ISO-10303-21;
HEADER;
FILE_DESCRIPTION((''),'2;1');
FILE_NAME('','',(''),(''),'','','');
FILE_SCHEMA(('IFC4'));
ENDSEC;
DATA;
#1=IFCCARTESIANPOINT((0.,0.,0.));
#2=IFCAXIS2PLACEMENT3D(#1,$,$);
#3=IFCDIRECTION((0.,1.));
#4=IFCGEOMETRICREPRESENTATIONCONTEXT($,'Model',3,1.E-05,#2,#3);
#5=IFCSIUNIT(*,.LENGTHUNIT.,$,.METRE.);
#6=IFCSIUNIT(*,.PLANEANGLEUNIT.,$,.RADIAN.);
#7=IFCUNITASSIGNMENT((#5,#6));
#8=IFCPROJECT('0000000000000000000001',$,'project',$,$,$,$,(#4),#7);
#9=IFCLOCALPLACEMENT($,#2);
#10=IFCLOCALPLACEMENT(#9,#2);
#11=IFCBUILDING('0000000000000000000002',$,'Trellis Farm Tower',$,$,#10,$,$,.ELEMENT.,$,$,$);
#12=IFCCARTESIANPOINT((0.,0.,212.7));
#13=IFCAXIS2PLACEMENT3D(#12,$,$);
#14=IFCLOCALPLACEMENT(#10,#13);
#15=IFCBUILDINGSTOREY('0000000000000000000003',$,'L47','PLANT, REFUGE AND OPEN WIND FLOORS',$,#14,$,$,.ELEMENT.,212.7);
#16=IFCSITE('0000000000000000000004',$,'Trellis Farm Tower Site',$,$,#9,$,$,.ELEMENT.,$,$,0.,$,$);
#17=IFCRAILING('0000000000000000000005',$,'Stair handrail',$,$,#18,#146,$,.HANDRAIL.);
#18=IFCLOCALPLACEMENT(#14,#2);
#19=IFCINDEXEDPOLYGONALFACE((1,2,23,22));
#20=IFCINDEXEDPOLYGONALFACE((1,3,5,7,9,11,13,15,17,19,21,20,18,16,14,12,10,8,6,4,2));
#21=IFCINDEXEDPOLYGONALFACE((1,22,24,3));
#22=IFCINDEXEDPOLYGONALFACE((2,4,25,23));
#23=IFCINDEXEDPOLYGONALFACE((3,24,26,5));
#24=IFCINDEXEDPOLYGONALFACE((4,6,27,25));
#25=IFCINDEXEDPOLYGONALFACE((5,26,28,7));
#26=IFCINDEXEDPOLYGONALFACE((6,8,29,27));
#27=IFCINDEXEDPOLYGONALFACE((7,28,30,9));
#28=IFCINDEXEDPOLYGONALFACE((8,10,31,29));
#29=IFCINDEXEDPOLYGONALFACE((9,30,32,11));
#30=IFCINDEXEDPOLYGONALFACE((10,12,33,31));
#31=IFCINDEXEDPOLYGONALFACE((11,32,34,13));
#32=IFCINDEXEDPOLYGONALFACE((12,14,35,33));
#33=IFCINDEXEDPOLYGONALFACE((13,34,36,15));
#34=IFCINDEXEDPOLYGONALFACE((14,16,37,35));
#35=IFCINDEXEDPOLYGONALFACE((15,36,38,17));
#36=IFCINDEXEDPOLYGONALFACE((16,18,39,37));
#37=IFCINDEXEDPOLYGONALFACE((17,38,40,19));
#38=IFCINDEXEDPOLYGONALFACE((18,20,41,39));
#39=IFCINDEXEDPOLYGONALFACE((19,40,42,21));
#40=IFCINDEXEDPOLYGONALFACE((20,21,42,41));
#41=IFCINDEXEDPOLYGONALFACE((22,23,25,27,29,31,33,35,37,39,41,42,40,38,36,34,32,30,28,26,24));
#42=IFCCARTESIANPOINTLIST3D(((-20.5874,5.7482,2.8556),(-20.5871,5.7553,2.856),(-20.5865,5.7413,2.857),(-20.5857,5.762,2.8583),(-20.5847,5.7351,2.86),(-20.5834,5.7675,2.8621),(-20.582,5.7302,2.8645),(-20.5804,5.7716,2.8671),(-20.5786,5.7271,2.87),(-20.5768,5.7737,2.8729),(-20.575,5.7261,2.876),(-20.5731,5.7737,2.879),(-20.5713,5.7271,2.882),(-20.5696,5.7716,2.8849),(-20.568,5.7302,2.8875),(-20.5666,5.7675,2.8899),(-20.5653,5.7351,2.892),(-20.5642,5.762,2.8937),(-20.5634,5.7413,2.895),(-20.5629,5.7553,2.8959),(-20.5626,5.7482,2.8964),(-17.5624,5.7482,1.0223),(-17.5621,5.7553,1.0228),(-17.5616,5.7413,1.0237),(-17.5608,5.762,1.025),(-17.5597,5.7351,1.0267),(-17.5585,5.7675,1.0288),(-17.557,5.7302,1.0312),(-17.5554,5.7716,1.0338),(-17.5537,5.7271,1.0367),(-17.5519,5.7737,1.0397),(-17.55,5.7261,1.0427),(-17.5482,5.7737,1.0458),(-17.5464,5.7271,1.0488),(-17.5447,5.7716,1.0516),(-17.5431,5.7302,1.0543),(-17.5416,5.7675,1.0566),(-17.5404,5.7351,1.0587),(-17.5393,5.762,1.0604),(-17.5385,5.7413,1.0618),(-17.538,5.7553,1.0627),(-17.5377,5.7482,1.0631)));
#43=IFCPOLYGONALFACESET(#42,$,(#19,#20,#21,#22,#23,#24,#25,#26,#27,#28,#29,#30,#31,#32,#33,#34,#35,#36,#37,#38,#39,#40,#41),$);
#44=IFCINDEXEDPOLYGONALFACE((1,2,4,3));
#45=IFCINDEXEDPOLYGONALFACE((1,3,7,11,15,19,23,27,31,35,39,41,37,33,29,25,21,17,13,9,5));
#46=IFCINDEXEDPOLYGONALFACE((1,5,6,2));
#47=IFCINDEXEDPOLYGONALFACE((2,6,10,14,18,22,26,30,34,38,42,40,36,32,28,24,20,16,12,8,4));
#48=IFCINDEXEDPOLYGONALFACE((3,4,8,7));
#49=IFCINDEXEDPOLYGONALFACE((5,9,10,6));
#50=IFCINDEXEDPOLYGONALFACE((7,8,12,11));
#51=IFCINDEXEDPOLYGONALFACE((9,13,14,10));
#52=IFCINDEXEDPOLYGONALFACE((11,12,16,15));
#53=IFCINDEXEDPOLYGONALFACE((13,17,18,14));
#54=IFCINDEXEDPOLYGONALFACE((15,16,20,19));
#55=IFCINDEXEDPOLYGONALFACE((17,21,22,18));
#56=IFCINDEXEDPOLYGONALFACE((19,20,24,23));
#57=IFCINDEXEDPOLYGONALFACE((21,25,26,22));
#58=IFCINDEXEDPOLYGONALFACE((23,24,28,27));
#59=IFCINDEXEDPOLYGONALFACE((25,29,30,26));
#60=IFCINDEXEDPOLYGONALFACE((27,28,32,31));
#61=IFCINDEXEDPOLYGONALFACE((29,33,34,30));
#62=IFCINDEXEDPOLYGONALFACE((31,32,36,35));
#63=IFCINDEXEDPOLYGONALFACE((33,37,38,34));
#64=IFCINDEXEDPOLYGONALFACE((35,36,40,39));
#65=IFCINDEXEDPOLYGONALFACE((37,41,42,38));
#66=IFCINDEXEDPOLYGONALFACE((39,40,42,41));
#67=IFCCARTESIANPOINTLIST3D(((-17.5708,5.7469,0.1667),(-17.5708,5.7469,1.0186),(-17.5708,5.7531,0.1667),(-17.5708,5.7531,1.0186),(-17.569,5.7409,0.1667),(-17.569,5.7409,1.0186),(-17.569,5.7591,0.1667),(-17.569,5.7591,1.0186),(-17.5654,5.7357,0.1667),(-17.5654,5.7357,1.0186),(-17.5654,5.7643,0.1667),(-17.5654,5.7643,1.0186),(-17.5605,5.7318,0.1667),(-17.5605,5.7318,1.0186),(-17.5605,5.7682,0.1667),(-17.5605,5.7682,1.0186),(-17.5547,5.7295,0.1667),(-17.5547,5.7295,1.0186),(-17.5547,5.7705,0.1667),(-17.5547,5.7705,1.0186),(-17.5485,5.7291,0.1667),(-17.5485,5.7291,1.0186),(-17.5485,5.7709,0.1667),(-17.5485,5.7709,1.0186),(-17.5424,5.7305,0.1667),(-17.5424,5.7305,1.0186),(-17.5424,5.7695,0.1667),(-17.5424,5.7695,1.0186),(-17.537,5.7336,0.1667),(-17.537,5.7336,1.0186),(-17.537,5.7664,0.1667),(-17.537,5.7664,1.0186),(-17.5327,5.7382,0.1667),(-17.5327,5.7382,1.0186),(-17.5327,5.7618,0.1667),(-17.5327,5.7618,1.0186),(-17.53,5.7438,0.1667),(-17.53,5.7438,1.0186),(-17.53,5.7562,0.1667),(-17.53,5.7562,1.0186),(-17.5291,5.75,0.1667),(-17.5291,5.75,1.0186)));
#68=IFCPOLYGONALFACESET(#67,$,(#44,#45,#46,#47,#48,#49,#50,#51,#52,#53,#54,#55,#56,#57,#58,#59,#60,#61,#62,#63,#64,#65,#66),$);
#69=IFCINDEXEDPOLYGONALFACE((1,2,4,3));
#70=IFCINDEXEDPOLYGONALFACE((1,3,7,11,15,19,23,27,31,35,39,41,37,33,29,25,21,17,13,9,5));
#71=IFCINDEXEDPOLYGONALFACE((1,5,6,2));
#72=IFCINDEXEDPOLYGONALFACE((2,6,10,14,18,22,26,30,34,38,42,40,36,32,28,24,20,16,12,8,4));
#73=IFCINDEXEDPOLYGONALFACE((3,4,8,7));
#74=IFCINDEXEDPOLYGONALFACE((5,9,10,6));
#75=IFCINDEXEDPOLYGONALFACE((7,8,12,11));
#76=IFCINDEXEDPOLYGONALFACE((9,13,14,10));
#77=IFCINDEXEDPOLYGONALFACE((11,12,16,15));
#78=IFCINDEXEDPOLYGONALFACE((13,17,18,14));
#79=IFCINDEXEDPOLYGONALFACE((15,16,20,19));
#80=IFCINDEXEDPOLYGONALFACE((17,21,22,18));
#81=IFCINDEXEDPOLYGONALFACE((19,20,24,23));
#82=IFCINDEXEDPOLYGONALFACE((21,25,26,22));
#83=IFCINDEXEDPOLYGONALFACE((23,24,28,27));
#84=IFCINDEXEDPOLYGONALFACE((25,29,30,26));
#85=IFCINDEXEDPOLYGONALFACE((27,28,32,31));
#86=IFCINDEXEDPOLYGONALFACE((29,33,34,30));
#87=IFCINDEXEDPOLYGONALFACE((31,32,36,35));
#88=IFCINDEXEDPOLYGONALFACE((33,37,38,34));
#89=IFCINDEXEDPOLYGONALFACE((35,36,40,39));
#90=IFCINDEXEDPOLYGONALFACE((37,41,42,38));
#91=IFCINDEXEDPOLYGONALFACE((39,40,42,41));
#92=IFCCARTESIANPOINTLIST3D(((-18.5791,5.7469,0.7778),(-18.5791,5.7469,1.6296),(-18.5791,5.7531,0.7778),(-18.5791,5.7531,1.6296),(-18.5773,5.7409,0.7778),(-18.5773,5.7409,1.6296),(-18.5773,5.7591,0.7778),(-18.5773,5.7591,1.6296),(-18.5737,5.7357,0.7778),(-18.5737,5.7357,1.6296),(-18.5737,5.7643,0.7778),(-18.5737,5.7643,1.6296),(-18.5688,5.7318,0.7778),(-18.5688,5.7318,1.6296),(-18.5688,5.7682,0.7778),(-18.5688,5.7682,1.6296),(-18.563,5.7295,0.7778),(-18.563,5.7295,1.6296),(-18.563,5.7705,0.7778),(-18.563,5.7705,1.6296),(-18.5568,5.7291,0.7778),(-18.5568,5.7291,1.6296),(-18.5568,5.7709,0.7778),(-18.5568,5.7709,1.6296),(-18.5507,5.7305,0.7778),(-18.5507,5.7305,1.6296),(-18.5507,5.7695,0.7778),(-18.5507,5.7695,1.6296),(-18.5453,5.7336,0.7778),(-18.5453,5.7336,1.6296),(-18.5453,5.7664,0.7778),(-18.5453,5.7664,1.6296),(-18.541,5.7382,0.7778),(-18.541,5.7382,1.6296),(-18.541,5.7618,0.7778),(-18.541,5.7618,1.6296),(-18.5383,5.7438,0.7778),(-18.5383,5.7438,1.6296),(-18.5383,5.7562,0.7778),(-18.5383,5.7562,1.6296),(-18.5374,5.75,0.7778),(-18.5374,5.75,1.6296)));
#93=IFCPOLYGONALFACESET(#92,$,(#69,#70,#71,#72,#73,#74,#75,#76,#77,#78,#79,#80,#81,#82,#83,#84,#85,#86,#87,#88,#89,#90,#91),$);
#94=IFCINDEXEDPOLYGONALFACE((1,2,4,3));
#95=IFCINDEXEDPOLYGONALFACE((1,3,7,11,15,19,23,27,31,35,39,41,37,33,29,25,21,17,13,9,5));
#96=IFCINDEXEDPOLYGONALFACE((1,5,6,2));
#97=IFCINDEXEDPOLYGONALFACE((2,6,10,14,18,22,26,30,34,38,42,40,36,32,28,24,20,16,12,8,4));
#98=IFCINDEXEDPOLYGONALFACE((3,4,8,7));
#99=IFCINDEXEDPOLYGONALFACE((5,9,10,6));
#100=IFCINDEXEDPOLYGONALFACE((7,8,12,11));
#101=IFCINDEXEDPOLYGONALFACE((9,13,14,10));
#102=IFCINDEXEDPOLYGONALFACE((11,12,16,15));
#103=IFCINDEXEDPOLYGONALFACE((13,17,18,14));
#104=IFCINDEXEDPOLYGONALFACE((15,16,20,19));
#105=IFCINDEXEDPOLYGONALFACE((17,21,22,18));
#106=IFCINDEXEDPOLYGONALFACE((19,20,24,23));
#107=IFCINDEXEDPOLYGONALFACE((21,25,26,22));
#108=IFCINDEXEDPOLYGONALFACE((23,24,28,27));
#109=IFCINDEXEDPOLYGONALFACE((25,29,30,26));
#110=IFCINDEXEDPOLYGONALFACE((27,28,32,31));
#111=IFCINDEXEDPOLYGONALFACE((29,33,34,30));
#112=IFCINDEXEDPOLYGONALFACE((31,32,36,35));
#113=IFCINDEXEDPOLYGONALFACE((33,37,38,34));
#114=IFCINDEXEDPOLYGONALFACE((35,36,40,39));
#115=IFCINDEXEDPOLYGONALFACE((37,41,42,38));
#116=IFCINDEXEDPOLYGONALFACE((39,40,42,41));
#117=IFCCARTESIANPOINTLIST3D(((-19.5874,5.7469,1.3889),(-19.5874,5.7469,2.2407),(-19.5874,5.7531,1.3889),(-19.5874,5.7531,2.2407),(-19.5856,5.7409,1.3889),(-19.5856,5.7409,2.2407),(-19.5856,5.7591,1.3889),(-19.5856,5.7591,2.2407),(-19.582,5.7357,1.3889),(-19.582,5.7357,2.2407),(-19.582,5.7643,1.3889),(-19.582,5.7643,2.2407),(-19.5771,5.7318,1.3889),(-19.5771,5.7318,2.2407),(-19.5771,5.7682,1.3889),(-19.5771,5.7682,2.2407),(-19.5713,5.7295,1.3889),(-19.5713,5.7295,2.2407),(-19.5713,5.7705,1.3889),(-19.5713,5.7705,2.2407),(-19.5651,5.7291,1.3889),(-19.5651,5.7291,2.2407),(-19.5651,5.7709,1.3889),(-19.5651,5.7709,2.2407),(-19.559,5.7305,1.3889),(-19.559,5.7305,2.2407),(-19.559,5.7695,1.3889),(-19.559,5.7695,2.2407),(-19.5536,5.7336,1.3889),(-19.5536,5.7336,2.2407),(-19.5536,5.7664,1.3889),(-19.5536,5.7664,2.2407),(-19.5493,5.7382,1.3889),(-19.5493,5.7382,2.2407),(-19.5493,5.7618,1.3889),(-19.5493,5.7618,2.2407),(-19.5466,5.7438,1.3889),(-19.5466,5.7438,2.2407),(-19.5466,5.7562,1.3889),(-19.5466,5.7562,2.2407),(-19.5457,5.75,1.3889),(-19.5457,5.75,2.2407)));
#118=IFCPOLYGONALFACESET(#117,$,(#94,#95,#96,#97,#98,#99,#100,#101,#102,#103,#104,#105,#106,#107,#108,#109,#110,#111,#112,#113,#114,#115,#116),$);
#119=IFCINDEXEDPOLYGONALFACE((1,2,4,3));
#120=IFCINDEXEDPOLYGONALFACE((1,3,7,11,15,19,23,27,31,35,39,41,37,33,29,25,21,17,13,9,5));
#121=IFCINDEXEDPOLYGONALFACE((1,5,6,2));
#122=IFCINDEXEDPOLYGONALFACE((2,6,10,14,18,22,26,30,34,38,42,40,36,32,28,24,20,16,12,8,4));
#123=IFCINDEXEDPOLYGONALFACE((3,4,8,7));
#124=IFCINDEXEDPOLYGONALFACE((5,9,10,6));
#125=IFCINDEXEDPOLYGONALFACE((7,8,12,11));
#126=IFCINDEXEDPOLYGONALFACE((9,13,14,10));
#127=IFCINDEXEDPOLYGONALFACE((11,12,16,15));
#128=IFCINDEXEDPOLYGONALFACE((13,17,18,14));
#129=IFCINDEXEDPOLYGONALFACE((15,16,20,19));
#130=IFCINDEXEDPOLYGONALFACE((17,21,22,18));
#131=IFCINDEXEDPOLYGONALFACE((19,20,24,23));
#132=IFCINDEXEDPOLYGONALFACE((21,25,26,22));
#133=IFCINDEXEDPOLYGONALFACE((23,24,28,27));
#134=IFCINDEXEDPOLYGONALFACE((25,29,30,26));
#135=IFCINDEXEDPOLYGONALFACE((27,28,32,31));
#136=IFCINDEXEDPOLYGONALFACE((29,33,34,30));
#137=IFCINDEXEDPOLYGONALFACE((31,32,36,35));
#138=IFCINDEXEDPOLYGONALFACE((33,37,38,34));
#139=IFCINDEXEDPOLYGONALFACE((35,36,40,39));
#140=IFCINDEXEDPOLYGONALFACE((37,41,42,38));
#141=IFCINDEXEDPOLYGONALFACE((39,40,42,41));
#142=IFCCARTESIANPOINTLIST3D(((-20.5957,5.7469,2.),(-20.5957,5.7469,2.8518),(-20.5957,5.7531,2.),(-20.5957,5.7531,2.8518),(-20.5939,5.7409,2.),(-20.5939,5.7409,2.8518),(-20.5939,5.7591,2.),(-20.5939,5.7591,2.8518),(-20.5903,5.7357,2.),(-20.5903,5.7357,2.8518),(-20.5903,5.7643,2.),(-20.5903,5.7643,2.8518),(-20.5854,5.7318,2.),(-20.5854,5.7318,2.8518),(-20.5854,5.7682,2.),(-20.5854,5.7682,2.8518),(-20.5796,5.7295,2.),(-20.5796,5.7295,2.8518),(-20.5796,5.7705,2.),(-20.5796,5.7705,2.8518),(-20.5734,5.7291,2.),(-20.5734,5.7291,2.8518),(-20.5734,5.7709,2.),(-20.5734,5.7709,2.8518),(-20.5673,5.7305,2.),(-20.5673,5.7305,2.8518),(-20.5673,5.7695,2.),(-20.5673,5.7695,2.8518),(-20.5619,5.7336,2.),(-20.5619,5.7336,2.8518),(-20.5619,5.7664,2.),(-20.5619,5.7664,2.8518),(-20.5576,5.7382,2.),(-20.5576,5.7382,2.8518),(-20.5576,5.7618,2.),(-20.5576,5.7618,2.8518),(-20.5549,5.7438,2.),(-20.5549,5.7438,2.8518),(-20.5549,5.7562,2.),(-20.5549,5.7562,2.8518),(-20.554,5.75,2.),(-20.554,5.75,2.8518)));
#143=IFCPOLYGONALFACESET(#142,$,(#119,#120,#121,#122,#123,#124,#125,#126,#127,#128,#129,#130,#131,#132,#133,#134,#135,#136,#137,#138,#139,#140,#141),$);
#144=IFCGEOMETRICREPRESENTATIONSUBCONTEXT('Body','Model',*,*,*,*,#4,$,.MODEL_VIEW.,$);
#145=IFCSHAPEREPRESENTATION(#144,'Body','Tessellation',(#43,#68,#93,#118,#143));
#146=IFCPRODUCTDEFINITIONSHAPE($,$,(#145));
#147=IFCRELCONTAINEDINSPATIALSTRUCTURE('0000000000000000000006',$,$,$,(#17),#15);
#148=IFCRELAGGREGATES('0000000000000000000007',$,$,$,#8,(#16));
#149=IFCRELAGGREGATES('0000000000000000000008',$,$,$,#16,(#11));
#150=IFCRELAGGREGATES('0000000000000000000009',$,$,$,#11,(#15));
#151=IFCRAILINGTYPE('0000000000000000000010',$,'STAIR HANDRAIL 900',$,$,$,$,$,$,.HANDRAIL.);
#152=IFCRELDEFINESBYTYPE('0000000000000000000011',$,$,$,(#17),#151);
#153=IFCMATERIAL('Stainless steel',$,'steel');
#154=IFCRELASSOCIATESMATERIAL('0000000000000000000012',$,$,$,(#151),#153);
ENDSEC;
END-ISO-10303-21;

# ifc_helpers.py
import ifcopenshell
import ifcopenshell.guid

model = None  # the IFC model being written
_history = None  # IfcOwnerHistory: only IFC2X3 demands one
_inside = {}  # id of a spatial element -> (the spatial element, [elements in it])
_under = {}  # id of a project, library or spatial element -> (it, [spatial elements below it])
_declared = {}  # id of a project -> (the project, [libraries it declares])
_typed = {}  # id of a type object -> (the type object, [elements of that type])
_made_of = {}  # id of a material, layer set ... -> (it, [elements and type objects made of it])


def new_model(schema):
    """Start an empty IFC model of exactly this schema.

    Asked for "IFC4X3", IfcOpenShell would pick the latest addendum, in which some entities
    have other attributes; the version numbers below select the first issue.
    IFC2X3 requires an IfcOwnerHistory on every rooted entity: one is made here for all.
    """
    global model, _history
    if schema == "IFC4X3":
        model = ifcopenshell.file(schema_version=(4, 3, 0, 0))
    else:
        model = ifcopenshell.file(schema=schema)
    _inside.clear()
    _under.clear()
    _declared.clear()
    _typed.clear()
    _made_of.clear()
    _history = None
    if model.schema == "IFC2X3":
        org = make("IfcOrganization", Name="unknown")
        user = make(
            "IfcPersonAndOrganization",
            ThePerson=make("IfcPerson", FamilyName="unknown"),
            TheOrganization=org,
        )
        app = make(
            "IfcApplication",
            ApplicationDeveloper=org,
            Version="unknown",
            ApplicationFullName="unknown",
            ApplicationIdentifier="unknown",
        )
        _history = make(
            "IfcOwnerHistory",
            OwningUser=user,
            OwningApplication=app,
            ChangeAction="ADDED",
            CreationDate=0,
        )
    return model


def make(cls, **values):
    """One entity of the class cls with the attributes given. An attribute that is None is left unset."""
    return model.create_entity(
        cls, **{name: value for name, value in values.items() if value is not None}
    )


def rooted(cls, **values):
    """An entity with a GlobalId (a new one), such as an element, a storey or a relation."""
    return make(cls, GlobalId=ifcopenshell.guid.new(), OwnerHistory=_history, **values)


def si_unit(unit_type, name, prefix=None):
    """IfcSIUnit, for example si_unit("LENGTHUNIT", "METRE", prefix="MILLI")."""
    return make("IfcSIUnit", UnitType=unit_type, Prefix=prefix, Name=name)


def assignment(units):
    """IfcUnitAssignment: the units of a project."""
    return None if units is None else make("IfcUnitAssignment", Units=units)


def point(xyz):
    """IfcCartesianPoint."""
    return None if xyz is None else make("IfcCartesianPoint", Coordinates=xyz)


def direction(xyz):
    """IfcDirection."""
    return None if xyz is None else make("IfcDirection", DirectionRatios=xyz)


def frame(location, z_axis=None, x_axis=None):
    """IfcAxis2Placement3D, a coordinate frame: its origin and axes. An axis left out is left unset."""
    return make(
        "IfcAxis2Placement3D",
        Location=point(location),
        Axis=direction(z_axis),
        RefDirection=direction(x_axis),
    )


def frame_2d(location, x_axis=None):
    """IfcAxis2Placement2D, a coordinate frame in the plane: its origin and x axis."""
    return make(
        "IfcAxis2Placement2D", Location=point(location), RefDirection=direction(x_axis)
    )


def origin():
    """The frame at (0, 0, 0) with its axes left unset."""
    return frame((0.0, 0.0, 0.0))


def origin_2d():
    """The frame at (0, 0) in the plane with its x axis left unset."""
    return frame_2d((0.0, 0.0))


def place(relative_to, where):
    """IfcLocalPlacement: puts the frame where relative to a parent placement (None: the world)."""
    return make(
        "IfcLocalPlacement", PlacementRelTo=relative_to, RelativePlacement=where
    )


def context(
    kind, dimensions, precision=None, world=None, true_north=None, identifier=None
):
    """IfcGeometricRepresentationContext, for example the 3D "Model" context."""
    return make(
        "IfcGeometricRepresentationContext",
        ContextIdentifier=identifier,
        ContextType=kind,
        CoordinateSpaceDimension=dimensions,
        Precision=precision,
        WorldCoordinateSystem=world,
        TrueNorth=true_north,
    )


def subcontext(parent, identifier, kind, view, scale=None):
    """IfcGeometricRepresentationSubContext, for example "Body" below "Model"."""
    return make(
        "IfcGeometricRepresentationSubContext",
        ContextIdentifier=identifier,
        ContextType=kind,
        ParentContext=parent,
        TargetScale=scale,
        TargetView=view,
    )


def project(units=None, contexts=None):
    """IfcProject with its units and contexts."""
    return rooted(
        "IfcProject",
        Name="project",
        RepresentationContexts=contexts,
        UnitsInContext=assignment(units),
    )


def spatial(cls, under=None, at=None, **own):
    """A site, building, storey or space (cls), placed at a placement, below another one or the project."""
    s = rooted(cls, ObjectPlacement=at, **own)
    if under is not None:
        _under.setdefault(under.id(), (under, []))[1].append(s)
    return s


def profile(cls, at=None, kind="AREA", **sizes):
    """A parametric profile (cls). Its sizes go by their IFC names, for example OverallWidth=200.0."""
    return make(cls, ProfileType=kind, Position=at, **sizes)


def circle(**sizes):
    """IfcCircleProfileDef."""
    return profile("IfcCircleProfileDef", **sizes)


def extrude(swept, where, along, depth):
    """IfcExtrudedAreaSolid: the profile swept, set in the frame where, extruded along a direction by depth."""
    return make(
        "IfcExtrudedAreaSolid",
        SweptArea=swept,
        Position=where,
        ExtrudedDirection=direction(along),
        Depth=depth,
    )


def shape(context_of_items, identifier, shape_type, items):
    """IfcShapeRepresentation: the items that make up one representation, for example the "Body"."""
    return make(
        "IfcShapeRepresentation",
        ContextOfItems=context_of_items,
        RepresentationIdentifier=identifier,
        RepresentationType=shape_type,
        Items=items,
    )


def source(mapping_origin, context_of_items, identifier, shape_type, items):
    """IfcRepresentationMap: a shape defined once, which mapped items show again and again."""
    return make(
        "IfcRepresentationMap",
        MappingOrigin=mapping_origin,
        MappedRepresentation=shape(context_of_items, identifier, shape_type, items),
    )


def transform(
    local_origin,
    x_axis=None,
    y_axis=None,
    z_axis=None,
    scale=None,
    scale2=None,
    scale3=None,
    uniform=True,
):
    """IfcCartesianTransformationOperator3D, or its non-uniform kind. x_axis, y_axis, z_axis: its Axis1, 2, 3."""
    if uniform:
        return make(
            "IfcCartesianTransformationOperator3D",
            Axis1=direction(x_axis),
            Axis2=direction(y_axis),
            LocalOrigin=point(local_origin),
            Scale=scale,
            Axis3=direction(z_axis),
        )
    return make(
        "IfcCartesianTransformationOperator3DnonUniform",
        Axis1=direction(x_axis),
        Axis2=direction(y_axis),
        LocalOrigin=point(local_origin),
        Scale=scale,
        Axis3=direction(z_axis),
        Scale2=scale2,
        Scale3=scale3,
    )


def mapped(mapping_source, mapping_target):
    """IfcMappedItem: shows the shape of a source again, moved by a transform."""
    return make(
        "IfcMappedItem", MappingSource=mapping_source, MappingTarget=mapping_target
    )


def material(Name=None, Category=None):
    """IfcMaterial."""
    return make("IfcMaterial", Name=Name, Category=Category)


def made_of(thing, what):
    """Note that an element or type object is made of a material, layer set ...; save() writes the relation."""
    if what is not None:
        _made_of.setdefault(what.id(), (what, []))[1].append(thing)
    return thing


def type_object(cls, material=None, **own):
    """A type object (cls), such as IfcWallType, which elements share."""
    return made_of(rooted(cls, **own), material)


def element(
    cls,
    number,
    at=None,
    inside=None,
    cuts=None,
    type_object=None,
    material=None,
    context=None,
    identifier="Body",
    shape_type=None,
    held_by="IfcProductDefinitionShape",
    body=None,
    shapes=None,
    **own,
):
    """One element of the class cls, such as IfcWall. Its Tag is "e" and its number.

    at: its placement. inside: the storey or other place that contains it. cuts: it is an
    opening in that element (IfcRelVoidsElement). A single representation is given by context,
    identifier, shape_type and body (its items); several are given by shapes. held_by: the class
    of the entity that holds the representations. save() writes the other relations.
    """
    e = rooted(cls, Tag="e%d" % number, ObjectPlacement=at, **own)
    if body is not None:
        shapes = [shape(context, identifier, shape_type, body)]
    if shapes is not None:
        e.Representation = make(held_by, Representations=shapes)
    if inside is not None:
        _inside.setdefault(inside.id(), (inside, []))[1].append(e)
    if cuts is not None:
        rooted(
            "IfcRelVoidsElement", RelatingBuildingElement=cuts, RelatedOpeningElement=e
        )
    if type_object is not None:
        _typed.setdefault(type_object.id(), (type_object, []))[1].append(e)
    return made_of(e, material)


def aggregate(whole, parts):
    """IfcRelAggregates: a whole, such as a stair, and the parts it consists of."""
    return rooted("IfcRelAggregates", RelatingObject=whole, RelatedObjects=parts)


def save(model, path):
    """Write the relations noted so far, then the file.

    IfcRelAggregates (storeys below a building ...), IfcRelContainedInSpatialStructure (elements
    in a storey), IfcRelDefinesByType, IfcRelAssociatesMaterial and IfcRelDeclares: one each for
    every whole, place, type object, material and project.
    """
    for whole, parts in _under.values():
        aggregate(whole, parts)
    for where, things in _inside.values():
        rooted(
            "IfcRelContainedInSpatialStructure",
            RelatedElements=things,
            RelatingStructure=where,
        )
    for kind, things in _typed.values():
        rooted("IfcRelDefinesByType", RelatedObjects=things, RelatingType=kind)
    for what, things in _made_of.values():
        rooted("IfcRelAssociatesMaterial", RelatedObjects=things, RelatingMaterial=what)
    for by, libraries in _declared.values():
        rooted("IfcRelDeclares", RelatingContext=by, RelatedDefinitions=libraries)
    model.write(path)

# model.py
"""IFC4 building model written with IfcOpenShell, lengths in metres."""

from ifc_helpers import new_model, si_unit, direction, frame, origin, origin_2d, place, context, subcontext, project, spatial, circle, extrude, source, transform, mapped, material, type_object, element, save


model = new_model("IFC4")

# Units and contexts
model_context = context("Model", 3, precision=1e-05, world=origin(), true_north=direction((0.0, 1.0)))
body_context = subcontext(model_context, "Body", "Model", "MODEL_VIEW")
ifc_project = project(units=[si_unit("LENGTHUNIT", "METRE"), si_unit("PLANEANGLEUNIT", "RADIAN")], contexts=[model_context])

# Site, building, storey
site_placement = place(None, origin())
site = spatial("IfcSite", under=ifc_project, at=site_placement, Name="Trellis Farm Tower Site", CompositionType="ELEMENT", RefElevation=0.0)
building_placement = place(site_placement, origin())
building = spatial("IfcBuilding", under=site, at=building_placement, Name="Trellis Farm Tower", CompositionType="ELEMENT")
storey_placement = place(building_placement, frame((0.0, 0.0, 212.7)))
storey = spatial("IfcBuildingStorey", under=building, at=storey_placement, Name="L47", Description="PLANT, REFUGE AND OPEN WIND FLOORS", CompositionType="ELEMENT", Elevation=212.7)

# Railing
ifc_material_1 = material(Name="Stainless steel", Category="steel")
railing_type_1 = type_object("IfcRailingType", Name="STAIR HANDRAIL 900", PredefinedType="HANDRAIL", material=ifc_material_1)
shared_shape_1 = source(origin(), body_context, "Body", "SweptSolid", [
    extrude(circle(Radius=0.0239, at=origin_2d()), frame((0.0, 0.0, 0.876), z_axis=(-0.855201, 0.0, 0.518297), x_axis=(0.0, -1.0, 0.0)), (0.0, 0.0, 1.0), 3.5371),
    extrude(circle(Radius=0.021, at=origin_2d()), origin(), (0.0, 0.0, 1.0), 0.8518),
    extrude(circle(Radius=0.021, at=origin_2d()), frame((-1.0083, 0.0, 0.6111)), (0.0, 0.0, 1.0), 0.8518),
    extrude(circle(Radius=0.021, at=origin_2d()), frame((-2.0166, 0.0, 1.2222)), (0.0, 0.0, 1.0), 0.8518),
    extrude(circle(Radius=0.021, at=origin_2d()), frame((-3.0249, 0.0, 1.8333)), (0.0, 0.0, 1.0), 0.8518),
])
for number, where, name in (
    (1, (-17.55, 5.75, 0.1667), "Stair handrail"),
):
    element("IfcRailing", number, at=place(storey_placement, frame(where)), inside=storey, type_object=railing_type_1, Name=name, PredefinedType="HANDRAIL", context=body_context, shape_type="MappedRepresentation", body=[
        mapped(shared_shape_1, transform((0.0, 0.0, 0.0))),
    ])

save(model, "model.ifc")
